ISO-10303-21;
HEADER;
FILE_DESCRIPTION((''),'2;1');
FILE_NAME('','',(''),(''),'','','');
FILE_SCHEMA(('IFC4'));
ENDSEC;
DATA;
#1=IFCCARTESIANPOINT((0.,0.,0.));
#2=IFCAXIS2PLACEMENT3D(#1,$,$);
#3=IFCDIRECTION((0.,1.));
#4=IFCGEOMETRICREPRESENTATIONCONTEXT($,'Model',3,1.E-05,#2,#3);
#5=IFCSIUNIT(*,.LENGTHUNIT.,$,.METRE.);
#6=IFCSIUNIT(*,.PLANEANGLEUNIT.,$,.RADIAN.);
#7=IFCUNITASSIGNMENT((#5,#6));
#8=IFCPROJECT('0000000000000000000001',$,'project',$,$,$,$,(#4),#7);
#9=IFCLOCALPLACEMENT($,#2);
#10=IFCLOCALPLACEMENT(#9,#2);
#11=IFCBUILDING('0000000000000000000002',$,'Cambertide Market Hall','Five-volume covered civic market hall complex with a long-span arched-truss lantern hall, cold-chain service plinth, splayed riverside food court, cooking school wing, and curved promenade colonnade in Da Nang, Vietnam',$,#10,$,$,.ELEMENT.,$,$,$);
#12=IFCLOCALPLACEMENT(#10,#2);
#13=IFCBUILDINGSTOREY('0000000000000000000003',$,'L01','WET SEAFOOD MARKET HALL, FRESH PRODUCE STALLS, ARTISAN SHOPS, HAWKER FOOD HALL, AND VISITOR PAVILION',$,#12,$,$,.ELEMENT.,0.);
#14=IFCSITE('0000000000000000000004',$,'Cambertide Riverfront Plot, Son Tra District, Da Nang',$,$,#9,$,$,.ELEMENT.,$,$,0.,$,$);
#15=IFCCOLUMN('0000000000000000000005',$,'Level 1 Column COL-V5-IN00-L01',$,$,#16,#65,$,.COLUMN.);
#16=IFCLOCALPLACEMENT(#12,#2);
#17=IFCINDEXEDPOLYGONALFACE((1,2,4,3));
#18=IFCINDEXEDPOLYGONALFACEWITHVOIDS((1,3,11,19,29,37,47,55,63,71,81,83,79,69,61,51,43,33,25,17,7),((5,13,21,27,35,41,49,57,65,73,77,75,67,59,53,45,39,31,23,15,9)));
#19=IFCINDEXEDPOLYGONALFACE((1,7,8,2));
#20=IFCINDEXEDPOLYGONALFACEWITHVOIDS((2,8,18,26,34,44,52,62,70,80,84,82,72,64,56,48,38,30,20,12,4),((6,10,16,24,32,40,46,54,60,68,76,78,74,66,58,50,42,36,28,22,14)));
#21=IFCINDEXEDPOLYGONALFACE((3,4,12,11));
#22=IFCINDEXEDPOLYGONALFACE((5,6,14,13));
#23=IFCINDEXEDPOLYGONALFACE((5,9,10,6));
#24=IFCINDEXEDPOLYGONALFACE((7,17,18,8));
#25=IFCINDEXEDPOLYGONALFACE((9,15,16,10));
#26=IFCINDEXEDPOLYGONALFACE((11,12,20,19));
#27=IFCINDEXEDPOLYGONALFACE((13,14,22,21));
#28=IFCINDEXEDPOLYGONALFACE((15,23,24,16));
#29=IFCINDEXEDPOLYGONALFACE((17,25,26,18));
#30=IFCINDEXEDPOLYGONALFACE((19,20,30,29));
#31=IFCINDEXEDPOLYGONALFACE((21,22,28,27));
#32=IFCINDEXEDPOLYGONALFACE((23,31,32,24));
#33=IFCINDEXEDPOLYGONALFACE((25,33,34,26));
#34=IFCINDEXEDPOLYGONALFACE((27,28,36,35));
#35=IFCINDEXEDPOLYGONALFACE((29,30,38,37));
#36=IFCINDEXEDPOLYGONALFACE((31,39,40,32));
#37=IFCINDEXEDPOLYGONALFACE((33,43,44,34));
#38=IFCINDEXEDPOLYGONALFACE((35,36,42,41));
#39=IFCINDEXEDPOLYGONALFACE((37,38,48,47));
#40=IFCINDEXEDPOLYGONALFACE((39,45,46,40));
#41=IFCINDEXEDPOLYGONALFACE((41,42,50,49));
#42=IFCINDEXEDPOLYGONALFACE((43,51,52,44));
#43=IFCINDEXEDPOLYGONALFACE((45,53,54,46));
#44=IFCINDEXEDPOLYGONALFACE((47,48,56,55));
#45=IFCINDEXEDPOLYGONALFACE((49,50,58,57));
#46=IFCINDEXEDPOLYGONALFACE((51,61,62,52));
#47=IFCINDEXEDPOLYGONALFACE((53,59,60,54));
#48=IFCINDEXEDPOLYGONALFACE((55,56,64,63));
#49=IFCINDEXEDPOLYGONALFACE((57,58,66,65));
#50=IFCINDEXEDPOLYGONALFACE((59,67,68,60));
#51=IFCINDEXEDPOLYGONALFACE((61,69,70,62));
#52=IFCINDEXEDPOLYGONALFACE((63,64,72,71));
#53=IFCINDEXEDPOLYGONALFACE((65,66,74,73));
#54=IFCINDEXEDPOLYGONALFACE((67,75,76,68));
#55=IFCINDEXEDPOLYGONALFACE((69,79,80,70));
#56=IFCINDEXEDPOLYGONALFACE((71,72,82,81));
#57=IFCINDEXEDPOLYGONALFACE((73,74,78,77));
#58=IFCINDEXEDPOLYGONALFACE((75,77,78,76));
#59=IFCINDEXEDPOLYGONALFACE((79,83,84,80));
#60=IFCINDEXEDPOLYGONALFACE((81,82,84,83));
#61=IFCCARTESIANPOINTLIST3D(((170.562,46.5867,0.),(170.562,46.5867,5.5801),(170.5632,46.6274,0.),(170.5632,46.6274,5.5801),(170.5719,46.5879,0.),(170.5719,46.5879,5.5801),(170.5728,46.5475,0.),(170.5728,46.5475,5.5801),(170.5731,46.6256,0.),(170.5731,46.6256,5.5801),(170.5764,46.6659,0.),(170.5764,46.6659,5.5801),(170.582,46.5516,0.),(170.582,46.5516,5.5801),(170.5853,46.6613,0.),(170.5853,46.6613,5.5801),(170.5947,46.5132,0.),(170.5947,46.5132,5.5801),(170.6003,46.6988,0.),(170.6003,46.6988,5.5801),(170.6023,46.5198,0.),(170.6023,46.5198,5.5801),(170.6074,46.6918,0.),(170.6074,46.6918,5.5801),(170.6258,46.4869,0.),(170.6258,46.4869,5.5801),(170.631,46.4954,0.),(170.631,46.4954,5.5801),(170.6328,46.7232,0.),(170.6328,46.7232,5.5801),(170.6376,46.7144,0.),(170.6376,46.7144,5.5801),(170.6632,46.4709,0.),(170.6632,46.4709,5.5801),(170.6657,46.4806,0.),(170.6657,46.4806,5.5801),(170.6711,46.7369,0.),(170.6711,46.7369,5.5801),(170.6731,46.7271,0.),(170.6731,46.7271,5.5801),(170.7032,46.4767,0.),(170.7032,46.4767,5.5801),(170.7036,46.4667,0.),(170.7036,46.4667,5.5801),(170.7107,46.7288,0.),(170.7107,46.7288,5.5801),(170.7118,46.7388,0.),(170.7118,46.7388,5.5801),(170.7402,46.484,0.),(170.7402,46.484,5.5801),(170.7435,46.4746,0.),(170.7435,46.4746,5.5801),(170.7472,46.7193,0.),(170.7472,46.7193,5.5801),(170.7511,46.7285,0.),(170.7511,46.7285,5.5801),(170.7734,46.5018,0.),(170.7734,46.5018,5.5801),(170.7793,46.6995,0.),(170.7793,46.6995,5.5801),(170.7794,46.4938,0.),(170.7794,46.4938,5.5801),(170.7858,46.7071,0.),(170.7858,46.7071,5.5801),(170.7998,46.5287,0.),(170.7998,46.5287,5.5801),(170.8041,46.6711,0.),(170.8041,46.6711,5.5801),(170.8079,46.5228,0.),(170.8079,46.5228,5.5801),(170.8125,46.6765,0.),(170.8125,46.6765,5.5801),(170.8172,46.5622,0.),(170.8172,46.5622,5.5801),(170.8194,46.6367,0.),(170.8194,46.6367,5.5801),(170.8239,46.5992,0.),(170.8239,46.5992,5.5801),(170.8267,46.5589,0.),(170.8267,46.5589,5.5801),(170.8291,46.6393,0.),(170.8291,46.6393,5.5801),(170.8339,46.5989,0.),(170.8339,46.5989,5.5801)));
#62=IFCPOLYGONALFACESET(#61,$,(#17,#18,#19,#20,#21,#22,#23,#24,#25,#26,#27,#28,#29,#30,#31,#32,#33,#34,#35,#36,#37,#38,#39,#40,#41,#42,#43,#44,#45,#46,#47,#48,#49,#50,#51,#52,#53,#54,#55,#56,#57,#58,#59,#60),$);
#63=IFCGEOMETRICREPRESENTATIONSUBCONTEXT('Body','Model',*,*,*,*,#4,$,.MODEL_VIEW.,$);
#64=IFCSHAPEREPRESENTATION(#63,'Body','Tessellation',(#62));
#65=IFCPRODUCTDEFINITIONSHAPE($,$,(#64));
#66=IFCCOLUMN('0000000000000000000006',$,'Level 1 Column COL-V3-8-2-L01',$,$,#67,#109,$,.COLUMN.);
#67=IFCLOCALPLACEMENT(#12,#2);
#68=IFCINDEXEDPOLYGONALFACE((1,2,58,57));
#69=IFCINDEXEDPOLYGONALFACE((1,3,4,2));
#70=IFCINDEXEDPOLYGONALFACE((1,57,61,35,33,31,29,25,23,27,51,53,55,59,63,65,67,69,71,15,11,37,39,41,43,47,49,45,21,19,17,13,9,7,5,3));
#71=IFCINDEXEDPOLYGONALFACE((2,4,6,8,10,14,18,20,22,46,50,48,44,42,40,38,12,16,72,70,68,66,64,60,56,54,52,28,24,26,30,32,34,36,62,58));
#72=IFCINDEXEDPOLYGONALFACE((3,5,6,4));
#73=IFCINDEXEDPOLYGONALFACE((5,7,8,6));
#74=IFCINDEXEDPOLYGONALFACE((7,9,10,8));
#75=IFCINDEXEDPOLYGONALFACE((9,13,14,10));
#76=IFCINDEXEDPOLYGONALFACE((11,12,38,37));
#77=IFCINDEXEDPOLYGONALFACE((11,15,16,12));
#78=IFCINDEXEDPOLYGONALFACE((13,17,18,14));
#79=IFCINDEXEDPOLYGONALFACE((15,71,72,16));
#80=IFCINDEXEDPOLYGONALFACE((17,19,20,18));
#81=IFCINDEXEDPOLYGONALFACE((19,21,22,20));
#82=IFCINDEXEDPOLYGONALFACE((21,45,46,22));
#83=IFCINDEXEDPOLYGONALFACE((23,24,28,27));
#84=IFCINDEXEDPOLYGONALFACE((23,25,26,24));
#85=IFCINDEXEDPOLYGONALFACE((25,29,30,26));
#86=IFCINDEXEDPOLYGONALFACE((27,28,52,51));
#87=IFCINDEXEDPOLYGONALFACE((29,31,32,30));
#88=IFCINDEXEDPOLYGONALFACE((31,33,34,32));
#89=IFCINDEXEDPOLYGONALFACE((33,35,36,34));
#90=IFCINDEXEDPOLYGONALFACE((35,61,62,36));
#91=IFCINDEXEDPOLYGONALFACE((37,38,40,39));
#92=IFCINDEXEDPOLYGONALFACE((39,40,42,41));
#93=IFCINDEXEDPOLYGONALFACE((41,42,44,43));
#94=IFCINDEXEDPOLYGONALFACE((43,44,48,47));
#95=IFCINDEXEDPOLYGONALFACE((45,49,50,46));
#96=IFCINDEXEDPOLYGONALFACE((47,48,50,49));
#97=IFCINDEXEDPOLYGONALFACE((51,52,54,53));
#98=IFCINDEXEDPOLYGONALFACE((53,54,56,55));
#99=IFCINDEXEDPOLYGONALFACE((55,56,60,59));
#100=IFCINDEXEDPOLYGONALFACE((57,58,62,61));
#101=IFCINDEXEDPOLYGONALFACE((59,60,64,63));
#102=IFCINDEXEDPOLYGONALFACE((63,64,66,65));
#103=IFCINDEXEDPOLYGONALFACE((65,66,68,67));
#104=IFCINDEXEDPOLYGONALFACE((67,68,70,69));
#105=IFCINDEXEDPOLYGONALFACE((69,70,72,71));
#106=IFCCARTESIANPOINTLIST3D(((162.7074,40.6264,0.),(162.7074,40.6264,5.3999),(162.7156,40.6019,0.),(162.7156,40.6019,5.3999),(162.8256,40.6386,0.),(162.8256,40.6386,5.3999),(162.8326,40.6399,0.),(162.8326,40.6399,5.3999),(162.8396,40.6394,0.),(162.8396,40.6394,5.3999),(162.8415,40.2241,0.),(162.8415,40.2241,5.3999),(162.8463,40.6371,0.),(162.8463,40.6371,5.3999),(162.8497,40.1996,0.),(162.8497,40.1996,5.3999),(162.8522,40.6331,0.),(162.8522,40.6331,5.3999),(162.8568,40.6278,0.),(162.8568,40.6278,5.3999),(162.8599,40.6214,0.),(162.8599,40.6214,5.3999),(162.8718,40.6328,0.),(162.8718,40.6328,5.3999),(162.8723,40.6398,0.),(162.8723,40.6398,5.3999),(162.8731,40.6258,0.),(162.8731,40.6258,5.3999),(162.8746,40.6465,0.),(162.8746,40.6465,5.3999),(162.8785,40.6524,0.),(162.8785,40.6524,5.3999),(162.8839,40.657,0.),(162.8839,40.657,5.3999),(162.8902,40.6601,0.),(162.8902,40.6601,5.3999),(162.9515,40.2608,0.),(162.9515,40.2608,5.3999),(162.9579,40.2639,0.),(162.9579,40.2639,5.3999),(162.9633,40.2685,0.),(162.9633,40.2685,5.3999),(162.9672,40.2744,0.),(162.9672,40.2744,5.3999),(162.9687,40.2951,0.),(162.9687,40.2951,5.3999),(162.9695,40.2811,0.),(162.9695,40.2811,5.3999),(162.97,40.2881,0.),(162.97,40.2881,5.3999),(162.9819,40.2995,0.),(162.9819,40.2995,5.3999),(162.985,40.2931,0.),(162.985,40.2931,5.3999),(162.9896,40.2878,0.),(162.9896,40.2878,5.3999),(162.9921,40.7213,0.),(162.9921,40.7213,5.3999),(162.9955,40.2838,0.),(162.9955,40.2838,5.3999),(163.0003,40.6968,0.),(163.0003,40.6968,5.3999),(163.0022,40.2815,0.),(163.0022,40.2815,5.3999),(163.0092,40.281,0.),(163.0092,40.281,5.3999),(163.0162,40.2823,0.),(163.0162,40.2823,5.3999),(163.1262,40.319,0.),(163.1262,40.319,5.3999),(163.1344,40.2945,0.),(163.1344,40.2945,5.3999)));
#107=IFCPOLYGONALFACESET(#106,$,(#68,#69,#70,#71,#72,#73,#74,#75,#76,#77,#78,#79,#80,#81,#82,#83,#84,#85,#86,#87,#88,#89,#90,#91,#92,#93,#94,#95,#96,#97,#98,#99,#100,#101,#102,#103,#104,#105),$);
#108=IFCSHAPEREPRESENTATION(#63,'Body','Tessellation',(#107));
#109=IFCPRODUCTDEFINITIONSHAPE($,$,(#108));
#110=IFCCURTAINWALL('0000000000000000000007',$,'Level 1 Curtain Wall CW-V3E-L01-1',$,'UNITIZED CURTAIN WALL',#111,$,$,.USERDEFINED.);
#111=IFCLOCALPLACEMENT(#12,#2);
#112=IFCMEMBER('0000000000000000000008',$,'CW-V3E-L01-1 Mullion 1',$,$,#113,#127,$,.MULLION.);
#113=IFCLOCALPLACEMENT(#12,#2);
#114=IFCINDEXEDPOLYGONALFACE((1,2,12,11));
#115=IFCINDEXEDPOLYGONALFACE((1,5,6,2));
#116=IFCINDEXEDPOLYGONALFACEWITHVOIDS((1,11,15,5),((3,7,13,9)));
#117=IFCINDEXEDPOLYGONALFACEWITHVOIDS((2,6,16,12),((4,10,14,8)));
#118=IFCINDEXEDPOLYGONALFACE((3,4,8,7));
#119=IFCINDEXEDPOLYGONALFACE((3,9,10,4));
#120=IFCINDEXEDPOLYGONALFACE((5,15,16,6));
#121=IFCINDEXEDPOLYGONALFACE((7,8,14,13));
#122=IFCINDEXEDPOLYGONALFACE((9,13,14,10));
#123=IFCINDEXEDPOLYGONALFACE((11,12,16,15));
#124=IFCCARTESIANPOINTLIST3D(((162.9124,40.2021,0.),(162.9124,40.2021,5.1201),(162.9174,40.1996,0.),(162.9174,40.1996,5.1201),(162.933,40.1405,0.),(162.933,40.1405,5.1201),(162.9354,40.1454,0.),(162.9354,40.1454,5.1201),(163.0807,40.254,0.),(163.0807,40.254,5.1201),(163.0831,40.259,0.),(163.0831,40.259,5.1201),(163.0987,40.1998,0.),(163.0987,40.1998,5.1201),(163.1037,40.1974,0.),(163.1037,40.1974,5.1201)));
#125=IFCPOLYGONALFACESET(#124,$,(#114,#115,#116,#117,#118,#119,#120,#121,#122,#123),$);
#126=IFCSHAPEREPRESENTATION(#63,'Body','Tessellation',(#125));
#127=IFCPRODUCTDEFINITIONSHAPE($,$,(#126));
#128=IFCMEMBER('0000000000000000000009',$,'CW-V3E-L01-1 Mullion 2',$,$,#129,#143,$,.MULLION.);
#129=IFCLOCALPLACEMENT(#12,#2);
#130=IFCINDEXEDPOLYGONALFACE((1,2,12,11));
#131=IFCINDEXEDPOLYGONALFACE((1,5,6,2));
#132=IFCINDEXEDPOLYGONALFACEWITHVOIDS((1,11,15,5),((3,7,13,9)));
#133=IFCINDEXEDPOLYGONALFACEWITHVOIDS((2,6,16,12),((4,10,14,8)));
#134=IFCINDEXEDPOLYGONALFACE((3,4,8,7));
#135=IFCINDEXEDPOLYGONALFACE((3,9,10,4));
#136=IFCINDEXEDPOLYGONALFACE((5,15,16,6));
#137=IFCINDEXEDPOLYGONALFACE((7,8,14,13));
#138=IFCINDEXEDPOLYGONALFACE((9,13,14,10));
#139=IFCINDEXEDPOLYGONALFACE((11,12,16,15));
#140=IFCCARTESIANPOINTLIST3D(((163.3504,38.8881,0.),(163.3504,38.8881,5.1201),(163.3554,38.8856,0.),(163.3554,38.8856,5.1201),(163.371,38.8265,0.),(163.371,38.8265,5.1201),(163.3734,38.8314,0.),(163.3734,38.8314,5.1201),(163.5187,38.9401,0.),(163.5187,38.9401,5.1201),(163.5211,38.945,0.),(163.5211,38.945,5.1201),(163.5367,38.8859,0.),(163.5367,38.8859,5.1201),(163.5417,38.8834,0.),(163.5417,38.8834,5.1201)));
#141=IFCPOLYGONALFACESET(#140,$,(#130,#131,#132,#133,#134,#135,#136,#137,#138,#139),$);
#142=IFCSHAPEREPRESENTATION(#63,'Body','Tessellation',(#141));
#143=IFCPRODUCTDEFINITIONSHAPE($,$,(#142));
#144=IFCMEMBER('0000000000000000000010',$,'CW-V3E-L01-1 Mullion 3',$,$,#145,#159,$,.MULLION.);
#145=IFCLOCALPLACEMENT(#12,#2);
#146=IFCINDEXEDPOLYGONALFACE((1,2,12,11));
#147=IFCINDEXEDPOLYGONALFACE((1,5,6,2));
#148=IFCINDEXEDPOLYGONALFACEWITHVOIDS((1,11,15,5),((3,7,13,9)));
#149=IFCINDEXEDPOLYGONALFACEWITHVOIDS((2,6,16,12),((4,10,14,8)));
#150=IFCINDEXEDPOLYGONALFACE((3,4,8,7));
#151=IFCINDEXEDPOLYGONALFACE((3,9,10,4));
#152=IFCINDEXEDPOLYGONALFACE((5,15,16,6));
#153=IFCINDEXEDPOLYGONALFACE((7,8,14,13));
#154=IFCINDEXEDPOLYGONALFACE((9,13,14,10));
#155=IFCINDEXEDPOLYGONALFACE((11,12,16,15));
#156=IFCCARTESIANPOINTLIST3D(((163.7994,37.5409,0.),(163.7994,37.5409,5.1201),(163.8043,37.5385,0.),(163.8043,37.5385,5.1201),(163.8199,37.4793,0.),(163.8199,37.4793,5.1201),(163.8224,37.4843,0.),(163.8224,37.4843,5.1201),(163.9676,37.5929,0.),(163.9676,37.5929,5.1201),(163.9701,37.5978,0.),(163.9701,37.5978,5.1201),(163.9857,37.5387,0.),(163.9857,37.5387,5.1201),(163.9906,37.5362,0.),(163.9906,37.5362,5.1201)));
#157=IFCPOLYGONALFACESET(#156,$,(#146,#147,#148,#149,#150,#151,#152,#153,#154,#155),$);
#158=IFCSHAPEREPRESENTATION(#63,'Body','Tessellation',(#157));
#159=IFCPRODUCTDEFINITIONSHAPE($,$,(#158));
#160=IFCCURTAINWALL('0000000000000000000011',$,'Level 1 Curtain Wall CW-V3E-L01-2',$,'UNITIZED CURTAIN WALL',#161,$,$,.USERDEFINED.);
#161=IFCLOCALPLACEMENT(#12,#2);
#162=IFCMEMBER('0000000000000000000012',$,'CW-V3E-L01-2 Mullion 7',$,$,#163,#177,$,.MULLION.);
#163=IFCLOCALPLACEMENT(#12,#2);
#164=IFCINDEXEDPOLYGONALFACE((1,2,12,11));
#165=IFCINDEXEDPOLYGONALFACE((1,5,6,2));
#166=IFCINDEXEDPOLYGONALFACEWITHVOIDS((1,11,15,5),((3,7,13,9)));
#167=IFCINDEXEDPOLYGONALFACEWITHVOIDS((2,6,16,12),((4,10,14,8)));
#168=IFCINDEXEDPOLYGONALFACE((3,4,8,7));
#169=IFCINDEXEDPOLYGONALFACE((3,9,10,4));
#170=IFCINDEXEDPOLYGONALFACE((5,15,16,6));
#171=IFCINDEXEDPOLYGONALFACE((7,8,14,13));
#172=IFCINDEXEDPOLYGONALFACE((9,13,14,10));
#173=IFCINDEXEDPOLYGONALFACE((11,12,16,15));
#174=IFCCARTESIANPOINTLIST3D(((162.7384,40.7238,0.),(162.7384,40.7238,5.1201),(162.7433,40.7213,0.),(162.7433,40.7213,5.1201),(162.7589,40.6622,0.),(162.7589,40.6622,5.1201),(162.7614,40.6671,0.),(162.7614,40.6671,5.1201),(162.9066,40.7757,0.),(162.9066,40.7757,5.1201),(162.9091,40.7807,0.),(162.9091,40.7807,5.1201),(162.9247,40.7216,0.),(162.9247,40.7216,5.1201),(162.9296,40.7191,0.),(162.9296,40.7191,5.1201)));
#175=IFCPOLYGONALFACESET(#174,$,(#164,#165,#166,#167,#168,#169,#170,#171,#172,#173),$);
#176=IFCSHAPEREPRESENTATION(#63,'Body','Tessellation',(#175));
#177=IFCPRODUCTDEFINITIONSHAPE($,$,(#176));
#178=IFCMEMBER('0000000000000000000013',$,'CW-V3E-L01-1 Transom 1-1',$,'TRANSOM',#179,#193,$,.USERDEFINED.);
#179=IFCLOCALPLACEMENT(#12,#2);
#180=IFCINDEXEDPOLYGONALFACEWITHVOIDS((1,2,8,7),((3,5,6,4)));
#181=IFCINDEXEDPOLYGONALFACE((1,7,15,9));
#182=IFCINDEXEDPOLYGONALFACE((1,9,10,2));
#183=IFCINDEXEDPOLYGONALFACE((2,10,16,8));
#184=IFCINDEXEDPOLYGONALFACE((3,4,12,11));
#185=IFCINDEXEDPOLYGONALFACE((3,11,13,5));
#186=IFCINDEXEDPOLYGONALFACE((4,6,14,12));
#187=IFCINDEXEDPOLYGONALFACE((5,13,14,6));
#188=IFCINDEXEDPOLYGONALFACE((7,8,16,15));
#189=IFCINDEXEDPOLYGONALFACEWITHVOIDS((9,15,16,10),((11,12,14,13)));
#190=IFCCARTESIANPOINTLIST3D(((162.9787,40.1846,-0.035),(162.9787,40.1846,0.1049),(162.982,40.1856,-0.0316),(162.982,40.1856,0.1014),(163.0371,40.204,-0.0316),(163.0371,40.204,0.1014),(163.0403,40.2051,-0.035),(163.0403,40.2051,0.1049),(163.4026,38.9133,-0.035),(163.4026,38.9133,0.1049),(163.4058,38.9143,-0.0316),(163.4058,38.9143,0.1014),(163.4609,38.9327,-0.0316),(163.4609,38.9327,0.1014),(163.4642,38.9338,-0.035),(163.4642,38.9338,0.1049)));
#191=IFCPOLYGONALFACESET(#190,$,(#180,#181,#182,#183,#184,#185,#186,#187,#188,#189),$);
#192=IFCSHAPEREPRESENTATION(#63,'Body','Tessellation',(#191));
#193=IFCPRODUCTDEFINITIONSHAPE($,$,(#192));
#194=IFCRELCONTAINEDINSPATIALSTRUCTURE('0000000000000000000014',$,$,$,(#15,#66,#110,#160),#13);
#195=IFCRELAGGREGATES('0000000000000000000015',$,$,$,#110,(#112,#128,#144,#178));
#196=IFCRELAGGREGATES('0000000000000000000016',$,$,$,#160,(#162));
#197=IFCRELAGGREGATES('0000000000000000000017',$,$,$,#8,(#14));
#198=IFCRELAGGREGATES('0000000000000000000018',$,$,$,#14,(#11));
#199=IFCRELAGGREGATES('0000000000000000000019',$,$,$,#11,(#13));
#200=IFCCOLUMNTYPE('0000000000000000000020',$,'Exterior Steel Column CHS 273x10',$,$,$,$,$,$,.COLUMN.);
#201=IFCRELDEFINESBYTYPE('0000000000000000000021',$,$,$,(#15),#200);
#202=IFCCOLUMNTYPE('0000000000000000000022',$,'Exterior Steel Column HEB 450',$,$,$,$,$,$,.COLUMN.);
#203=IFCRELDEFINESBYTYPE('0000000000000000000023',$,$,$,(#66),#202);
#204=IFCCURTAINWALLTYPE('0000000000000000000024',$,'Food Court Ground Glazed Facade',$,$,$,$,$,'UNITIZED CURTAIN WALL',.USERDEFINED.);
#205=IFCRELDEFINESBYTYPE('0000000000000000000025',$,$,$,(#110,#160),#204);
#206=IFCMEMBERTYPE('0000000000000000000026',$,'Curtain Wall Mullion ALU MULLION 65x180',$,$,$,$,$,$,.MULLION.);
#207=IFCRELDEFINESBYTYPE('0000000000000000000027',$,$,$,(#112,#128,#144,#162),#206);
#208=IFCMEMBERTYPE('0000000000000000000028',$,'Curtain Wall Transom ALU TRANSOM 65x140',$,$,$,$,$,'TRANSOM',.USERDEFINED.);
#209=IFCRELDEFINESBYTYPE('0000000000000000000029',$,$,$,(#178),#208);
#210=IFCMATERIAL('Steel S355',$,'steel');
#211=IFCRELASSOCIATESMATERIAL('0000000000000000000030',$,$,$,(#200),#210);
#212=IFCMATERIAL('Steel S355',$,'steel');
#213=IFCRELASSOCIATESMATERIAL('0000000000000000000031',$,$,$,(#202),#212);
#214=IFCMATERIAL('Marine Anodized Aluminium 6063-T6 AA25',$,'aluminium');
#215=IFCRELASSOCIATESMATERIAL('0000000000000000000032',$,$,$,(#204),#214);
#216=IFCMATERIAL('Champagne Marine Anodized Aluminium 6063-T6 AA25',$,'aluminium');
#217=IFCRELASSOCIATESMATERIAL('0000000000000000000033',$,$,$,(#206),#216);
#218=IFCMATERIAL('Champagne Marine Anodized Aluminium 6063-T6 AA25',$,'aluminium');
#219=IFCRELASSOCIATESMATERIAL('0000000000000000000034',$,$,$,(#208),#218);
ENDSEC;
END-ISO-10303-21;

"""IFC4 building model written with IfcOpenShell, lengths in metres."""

from ifc_helpers import new_model, si_unit, direction, frame, origin, origin_2d, place, context, subcontext, project, spatial, hollow_rectangle, hollow_circle, i_section, extrude, material, material_profile, profile_set, type_object, element, aggregate, save


model = new_model("IFC4")

# Units and contexts
model_context = context("Model", 3, precision=1e-05, world=origin(), true_north=direction((0.0, 1.0)))
body_context = subcontext(model_context, "Body", "Model", "MODEL_VIEW")
ifc_project = project(units=[si_unit("LENGTHUNIT", "METRE"), si_unit("PLANEANGLEUNIT", "RADIAN")], contexts=[model_context])

# Site, building, storey
site_placement = place(None, origin())
site = spatial("IfcSite", under=ifc_project, at=site_placement, Name="Cambertide Riverfront Plot, Son Tra District, Da Nang", CompositionType="ELEMENT", RefElevation=0.0)
building_placement = place(site_placement, origin())
building = spatial("IfcBuilding", under=site, at=building_placement, Name="Cambertide Market Hall", Description="Five-volume covered civic market hall complex with a long-span arched-truss lantern hall, cold-chain service plinth, splayed riverside food court, cooking school wing, and curved promenade colonnade in Da Nang, Vietnam", CompositionType="ELEMENT")
storey_placement = place(building_placement, origin())
storey = spatial("IfcBuildingStorey", under=building, at=storey_placement, Name="L01", Description="WET SEAFOOD MARKET HALL, FRESH PRODUCE STALLS, ARTISAN SHOPS, HAWKER FOOD HALL, AND VISITOR PAVILION", CompositionType="ELEMENT", Elevation=0.0)

# Columns
ifc_material_1 = material(Name="Steel S355", Category="steel")
ifc_material_profile_1 = material_profile(ifc_material_1, hollow_circle(Radius=0.1365, WallThickness=0.01, at=origin_2d()), Name="CHS 273x10")
ifc_profile_set_1 = profile_set([ifc_material_profile_1], Name="Steel S355")
column_type_1 = type_object("IfcColumnType", Name="Exterior Steel Column CHS 273x10", PredefinedType="COLUMN", material=ifc_profile_set_1)
column_1_placement = place(storey_placement, frame((170.6975, 46.603, 0.0), z_axis=(0.0, 0.0, 1.0), x_axis=(0.809017, -0.587785, 0.0)))
element("IfcColumn", 1, at=column_1_placement, inside=storey, type_object=column_type_1, Name="Level 1 Column COL-V5-IN00-L01", PredefinedType="COLUMN", context=body_context, shape_type="SweptSolid", body=[
    extrude(hollow_circle(Radius=0.1365, WallThickness=0.01, at=origin_2d()), origin(), (0.0, 0.0, 1.0), 5.5801),
])
ifc_material_2 = material(Name="Steel S355", Category="steel")
ifc_material_profile_2 = material_profile(ifc_material_2, i_section(OverallWidth=0.3, OverallDepth=0.45, WebThickness=0.0139, FlangeThickness=0.0259, FilletRadius=0.0271, at=origin_2d()), Name="HEB 450")
ifc_profile_set_2 = profile_set([ifc_material_profile_2], Name="Steel S355")
column_type_2 = type_object("IfcColumnType", Name="Exterior Steel Column HEB 450", PredefinedType="COLUMN", material=ifc_profile_set_2)
column_2_placement = place(storey_placement, frame((162.9209, 40.4604, 0.0), z_axis=(0.0, 0.0, 1.0), x_axis=(0.948683, 0.316228, 0.0)))
element("IfcColumn", 2, at=column_2_placement, inside=storey, type_object=column_type_2, Name="Level 1 Column COL-V3-8-2-L01", PredefinedType="COLUMN", context=body_context, shape_type="SweptSolid", body=[
    extrude(i_section(OverallWidth=0.3, OverallDepth=0.45, WebThickness=0.0139, FlangeThickness=0.0259, FilletRadius=0.0271, at=origin_2d()), origin(), (0.0, 0.0, 1.0), 5.3999),
])

# Curtain wall, members
ifc_material_3 = material(Name="Marine Anodized Aluminium 6063-T6 AA25", Category="aluminium")
curtain_wall_type = type_object("IfcCurtainWallType", Name="Food Court Ground Glazed Facade", ElementType="UNITIZED CURTAIN WALL", PredefinedType="USERDEFINED", material=ifc_material_3)
curtain_wall_1_placement = place(storey_placement, origin())
curtain_wall_1 = element("IfcCurtainWall", 3, at=curtain_wall_1_placement, inside=storey, type_object=curtain_wall_type, Name="Level 1 Curtain Wall CW-V3E-L01-1", ObjectType="UNITIZED CURTAIN WALL", PredefinedType="USERDEFINED")
ifc_material_4 = material(Name="Champagne Marine Anodized Aluminium 6063-T6 AA25", Category="aluminium")
ifc_material_profile_3 = material_profile(ifc_material_4, hollow_rectangle(XDim=0.0649, YDim=0.1799, WallThickness=0.0039, at=origin_2d()), Name="ALU MULLION 65x180")
ifc_profile_set_3 = profile_set([ifc_material_profile_3], Name="Champagne Marine Anodized Aluminium 6063-T6 AA25")
member_type_1 = type_object("IfcMemberType", Name="Curtain Wall Mullion ALU MULLION 65x180", PredefinedType="MULLION", material=ifc_profile_set_3)
member_1_placement = place(storey_placement, frame((163.0081, 40.1997, 0.0), z_axis=(0.0, 0.0, 1.0), x_axis=(0.316228, -0.948683, 0.0)))
member_1 = element("IfcMember", 4, at=member_1_placement, type_object=member_type_1, Name="CW-V3E-L01-1 Mullion 1", PredefinedType="MULLION", context=body_context, shape_type="SweptSolid", body=[
    extrude(hollow_rectangle(XDim=0.0649, YDim=0.1799, WallThickness=0.0039, at=origin_2d()), origin(), (0.0, 0.0, 1.0), 5.1201),
])
member_2_placement = place(storey_placement, frame((163.446, 38.8857, 0.0), z_axis=(0.0, 0.0, 1.0), x_axis=(0.316228, -0.948683, 0.0)))
member_2 = element("IfcMember", 5, at=member_2_placement, type_object=member_type_1, Name="CW-V3E-L01-1 Mullion 2", PredefinedType="MULLION", context=body_context, shape_type="SweptSolid", body=[
    extrude(hollow_rectangle(XDim=0.0649, YDim=0.1799, WallThickness=0.0039, at=origin_2d()), origin(), (0.0, 0.0, 1.0), 5.1201),
])
member_3_placement = place(storey_placement, frame((163.895, 37.5386, 0.0), z_axis=(0.0, 0.0, 1.0), x_axis=(0.316228, -0.948683, 0.0)))
member_3 = element("IfcMember", 6, at=member_3_placement, type_object=member_type_1, Name="CW-V3E-L01-1 Mullion 3", PredefinedType="MULLION", context=body_context, shape_type="SweptSolid", body=[
    extrude(hollow_rectangle(XDim=0.0649, YDim=0.1799, WallThickness=0.0039, at=origin_2d()), origin(), (0.0, 0.0, 1.0), 5.1201),
])

# Curtain wall, member
curtain_wall_2_placement = place(storey_placement, origin())
curtain_wall_2 = element("IfcCurtainWall", 7, at=curtain_wall_2_placement, inside=storey, type_object=curtain_wall_type, Name="Level 1 Curtain Wall CW-V3E-L01-2", ObjectType="UNITIZED CURTAIN WALL", PredefinedType="USERDEFINED")
member_4_placement = place(storey_placement, frame((162.834, 40.7214, 0.0), z_axis=(0.0, 0.0, 1.0), x_axis=(0.316228, -0.948683, 0.0)))
member_4 = element("IfcMember", 8, at=member_4_placement, type_object=member_type_1, Name="CW-V3E-L01-2 Mullion 7", PredefinedType="MULLION", context=body_context, shape_type="SweptSolid", body=[
    extrude(hollow_rectangle(XDim=0.0649, YDim=0.1799, WallThickness=0.0039, at=origin_2d()), origin(), (0.0, 0.0, 1.0), 5.1201),
])

# Member
ifc_material_5 = material(Name="Champagne Marine Anodized Aluminium 6063-T6 AA25", Category="aluminium")
ifc_material_profile_4 = material_profile(ifc_material_5, hollow_rectangle(XDim=0.0649, YDim=0.1399, WallThickness=0.0034, at=origin_2d()), Name="ALU TRANSOM 65x140")
ifc_profile_set_4 = profile_set([ifc_material_profile_4], Name="Champagne Marine Anodized Aluminium 6063-T6 AA25")
member_type_2 = type_object("IfcMemberType", Name="Curtain Wall Transom ALU TRANSOM 65x140", ElementType="TRANSOM", PredefinedType="USERDEFINED", material=ifc_profile_set_4)
member_5_placement = place(storey_placement, frame((163.0095, 40.1948, 0.0349), z_axis=(0.316282, -0.948665, 0.0), x_axis=(0.948665, 0.316282, 0.0)))
member_5 = element("IfcMember", 9, at=member_5_placement, type_object=member_type_2, Name="CW-V3E-L01-1 Transom 1-1", ObjectType="TRANSOM", PredefinedType="USERDEFINED", context=body_context, shape_type="SweptSolid", body=[
    extrude(hollow_rectangle(XDim=0.0649, YDim=0.1399, WallThickness=0.0034, at=origin_2d()), origin(), (0.0, 0.0, 1.0), 1.3401),
])

aggregate(curtain_wall_1, [member_1, member_2, member_3, member_5])
aggregate(curtain_wall_2, [member_4])

save(model, "model.ifc")
